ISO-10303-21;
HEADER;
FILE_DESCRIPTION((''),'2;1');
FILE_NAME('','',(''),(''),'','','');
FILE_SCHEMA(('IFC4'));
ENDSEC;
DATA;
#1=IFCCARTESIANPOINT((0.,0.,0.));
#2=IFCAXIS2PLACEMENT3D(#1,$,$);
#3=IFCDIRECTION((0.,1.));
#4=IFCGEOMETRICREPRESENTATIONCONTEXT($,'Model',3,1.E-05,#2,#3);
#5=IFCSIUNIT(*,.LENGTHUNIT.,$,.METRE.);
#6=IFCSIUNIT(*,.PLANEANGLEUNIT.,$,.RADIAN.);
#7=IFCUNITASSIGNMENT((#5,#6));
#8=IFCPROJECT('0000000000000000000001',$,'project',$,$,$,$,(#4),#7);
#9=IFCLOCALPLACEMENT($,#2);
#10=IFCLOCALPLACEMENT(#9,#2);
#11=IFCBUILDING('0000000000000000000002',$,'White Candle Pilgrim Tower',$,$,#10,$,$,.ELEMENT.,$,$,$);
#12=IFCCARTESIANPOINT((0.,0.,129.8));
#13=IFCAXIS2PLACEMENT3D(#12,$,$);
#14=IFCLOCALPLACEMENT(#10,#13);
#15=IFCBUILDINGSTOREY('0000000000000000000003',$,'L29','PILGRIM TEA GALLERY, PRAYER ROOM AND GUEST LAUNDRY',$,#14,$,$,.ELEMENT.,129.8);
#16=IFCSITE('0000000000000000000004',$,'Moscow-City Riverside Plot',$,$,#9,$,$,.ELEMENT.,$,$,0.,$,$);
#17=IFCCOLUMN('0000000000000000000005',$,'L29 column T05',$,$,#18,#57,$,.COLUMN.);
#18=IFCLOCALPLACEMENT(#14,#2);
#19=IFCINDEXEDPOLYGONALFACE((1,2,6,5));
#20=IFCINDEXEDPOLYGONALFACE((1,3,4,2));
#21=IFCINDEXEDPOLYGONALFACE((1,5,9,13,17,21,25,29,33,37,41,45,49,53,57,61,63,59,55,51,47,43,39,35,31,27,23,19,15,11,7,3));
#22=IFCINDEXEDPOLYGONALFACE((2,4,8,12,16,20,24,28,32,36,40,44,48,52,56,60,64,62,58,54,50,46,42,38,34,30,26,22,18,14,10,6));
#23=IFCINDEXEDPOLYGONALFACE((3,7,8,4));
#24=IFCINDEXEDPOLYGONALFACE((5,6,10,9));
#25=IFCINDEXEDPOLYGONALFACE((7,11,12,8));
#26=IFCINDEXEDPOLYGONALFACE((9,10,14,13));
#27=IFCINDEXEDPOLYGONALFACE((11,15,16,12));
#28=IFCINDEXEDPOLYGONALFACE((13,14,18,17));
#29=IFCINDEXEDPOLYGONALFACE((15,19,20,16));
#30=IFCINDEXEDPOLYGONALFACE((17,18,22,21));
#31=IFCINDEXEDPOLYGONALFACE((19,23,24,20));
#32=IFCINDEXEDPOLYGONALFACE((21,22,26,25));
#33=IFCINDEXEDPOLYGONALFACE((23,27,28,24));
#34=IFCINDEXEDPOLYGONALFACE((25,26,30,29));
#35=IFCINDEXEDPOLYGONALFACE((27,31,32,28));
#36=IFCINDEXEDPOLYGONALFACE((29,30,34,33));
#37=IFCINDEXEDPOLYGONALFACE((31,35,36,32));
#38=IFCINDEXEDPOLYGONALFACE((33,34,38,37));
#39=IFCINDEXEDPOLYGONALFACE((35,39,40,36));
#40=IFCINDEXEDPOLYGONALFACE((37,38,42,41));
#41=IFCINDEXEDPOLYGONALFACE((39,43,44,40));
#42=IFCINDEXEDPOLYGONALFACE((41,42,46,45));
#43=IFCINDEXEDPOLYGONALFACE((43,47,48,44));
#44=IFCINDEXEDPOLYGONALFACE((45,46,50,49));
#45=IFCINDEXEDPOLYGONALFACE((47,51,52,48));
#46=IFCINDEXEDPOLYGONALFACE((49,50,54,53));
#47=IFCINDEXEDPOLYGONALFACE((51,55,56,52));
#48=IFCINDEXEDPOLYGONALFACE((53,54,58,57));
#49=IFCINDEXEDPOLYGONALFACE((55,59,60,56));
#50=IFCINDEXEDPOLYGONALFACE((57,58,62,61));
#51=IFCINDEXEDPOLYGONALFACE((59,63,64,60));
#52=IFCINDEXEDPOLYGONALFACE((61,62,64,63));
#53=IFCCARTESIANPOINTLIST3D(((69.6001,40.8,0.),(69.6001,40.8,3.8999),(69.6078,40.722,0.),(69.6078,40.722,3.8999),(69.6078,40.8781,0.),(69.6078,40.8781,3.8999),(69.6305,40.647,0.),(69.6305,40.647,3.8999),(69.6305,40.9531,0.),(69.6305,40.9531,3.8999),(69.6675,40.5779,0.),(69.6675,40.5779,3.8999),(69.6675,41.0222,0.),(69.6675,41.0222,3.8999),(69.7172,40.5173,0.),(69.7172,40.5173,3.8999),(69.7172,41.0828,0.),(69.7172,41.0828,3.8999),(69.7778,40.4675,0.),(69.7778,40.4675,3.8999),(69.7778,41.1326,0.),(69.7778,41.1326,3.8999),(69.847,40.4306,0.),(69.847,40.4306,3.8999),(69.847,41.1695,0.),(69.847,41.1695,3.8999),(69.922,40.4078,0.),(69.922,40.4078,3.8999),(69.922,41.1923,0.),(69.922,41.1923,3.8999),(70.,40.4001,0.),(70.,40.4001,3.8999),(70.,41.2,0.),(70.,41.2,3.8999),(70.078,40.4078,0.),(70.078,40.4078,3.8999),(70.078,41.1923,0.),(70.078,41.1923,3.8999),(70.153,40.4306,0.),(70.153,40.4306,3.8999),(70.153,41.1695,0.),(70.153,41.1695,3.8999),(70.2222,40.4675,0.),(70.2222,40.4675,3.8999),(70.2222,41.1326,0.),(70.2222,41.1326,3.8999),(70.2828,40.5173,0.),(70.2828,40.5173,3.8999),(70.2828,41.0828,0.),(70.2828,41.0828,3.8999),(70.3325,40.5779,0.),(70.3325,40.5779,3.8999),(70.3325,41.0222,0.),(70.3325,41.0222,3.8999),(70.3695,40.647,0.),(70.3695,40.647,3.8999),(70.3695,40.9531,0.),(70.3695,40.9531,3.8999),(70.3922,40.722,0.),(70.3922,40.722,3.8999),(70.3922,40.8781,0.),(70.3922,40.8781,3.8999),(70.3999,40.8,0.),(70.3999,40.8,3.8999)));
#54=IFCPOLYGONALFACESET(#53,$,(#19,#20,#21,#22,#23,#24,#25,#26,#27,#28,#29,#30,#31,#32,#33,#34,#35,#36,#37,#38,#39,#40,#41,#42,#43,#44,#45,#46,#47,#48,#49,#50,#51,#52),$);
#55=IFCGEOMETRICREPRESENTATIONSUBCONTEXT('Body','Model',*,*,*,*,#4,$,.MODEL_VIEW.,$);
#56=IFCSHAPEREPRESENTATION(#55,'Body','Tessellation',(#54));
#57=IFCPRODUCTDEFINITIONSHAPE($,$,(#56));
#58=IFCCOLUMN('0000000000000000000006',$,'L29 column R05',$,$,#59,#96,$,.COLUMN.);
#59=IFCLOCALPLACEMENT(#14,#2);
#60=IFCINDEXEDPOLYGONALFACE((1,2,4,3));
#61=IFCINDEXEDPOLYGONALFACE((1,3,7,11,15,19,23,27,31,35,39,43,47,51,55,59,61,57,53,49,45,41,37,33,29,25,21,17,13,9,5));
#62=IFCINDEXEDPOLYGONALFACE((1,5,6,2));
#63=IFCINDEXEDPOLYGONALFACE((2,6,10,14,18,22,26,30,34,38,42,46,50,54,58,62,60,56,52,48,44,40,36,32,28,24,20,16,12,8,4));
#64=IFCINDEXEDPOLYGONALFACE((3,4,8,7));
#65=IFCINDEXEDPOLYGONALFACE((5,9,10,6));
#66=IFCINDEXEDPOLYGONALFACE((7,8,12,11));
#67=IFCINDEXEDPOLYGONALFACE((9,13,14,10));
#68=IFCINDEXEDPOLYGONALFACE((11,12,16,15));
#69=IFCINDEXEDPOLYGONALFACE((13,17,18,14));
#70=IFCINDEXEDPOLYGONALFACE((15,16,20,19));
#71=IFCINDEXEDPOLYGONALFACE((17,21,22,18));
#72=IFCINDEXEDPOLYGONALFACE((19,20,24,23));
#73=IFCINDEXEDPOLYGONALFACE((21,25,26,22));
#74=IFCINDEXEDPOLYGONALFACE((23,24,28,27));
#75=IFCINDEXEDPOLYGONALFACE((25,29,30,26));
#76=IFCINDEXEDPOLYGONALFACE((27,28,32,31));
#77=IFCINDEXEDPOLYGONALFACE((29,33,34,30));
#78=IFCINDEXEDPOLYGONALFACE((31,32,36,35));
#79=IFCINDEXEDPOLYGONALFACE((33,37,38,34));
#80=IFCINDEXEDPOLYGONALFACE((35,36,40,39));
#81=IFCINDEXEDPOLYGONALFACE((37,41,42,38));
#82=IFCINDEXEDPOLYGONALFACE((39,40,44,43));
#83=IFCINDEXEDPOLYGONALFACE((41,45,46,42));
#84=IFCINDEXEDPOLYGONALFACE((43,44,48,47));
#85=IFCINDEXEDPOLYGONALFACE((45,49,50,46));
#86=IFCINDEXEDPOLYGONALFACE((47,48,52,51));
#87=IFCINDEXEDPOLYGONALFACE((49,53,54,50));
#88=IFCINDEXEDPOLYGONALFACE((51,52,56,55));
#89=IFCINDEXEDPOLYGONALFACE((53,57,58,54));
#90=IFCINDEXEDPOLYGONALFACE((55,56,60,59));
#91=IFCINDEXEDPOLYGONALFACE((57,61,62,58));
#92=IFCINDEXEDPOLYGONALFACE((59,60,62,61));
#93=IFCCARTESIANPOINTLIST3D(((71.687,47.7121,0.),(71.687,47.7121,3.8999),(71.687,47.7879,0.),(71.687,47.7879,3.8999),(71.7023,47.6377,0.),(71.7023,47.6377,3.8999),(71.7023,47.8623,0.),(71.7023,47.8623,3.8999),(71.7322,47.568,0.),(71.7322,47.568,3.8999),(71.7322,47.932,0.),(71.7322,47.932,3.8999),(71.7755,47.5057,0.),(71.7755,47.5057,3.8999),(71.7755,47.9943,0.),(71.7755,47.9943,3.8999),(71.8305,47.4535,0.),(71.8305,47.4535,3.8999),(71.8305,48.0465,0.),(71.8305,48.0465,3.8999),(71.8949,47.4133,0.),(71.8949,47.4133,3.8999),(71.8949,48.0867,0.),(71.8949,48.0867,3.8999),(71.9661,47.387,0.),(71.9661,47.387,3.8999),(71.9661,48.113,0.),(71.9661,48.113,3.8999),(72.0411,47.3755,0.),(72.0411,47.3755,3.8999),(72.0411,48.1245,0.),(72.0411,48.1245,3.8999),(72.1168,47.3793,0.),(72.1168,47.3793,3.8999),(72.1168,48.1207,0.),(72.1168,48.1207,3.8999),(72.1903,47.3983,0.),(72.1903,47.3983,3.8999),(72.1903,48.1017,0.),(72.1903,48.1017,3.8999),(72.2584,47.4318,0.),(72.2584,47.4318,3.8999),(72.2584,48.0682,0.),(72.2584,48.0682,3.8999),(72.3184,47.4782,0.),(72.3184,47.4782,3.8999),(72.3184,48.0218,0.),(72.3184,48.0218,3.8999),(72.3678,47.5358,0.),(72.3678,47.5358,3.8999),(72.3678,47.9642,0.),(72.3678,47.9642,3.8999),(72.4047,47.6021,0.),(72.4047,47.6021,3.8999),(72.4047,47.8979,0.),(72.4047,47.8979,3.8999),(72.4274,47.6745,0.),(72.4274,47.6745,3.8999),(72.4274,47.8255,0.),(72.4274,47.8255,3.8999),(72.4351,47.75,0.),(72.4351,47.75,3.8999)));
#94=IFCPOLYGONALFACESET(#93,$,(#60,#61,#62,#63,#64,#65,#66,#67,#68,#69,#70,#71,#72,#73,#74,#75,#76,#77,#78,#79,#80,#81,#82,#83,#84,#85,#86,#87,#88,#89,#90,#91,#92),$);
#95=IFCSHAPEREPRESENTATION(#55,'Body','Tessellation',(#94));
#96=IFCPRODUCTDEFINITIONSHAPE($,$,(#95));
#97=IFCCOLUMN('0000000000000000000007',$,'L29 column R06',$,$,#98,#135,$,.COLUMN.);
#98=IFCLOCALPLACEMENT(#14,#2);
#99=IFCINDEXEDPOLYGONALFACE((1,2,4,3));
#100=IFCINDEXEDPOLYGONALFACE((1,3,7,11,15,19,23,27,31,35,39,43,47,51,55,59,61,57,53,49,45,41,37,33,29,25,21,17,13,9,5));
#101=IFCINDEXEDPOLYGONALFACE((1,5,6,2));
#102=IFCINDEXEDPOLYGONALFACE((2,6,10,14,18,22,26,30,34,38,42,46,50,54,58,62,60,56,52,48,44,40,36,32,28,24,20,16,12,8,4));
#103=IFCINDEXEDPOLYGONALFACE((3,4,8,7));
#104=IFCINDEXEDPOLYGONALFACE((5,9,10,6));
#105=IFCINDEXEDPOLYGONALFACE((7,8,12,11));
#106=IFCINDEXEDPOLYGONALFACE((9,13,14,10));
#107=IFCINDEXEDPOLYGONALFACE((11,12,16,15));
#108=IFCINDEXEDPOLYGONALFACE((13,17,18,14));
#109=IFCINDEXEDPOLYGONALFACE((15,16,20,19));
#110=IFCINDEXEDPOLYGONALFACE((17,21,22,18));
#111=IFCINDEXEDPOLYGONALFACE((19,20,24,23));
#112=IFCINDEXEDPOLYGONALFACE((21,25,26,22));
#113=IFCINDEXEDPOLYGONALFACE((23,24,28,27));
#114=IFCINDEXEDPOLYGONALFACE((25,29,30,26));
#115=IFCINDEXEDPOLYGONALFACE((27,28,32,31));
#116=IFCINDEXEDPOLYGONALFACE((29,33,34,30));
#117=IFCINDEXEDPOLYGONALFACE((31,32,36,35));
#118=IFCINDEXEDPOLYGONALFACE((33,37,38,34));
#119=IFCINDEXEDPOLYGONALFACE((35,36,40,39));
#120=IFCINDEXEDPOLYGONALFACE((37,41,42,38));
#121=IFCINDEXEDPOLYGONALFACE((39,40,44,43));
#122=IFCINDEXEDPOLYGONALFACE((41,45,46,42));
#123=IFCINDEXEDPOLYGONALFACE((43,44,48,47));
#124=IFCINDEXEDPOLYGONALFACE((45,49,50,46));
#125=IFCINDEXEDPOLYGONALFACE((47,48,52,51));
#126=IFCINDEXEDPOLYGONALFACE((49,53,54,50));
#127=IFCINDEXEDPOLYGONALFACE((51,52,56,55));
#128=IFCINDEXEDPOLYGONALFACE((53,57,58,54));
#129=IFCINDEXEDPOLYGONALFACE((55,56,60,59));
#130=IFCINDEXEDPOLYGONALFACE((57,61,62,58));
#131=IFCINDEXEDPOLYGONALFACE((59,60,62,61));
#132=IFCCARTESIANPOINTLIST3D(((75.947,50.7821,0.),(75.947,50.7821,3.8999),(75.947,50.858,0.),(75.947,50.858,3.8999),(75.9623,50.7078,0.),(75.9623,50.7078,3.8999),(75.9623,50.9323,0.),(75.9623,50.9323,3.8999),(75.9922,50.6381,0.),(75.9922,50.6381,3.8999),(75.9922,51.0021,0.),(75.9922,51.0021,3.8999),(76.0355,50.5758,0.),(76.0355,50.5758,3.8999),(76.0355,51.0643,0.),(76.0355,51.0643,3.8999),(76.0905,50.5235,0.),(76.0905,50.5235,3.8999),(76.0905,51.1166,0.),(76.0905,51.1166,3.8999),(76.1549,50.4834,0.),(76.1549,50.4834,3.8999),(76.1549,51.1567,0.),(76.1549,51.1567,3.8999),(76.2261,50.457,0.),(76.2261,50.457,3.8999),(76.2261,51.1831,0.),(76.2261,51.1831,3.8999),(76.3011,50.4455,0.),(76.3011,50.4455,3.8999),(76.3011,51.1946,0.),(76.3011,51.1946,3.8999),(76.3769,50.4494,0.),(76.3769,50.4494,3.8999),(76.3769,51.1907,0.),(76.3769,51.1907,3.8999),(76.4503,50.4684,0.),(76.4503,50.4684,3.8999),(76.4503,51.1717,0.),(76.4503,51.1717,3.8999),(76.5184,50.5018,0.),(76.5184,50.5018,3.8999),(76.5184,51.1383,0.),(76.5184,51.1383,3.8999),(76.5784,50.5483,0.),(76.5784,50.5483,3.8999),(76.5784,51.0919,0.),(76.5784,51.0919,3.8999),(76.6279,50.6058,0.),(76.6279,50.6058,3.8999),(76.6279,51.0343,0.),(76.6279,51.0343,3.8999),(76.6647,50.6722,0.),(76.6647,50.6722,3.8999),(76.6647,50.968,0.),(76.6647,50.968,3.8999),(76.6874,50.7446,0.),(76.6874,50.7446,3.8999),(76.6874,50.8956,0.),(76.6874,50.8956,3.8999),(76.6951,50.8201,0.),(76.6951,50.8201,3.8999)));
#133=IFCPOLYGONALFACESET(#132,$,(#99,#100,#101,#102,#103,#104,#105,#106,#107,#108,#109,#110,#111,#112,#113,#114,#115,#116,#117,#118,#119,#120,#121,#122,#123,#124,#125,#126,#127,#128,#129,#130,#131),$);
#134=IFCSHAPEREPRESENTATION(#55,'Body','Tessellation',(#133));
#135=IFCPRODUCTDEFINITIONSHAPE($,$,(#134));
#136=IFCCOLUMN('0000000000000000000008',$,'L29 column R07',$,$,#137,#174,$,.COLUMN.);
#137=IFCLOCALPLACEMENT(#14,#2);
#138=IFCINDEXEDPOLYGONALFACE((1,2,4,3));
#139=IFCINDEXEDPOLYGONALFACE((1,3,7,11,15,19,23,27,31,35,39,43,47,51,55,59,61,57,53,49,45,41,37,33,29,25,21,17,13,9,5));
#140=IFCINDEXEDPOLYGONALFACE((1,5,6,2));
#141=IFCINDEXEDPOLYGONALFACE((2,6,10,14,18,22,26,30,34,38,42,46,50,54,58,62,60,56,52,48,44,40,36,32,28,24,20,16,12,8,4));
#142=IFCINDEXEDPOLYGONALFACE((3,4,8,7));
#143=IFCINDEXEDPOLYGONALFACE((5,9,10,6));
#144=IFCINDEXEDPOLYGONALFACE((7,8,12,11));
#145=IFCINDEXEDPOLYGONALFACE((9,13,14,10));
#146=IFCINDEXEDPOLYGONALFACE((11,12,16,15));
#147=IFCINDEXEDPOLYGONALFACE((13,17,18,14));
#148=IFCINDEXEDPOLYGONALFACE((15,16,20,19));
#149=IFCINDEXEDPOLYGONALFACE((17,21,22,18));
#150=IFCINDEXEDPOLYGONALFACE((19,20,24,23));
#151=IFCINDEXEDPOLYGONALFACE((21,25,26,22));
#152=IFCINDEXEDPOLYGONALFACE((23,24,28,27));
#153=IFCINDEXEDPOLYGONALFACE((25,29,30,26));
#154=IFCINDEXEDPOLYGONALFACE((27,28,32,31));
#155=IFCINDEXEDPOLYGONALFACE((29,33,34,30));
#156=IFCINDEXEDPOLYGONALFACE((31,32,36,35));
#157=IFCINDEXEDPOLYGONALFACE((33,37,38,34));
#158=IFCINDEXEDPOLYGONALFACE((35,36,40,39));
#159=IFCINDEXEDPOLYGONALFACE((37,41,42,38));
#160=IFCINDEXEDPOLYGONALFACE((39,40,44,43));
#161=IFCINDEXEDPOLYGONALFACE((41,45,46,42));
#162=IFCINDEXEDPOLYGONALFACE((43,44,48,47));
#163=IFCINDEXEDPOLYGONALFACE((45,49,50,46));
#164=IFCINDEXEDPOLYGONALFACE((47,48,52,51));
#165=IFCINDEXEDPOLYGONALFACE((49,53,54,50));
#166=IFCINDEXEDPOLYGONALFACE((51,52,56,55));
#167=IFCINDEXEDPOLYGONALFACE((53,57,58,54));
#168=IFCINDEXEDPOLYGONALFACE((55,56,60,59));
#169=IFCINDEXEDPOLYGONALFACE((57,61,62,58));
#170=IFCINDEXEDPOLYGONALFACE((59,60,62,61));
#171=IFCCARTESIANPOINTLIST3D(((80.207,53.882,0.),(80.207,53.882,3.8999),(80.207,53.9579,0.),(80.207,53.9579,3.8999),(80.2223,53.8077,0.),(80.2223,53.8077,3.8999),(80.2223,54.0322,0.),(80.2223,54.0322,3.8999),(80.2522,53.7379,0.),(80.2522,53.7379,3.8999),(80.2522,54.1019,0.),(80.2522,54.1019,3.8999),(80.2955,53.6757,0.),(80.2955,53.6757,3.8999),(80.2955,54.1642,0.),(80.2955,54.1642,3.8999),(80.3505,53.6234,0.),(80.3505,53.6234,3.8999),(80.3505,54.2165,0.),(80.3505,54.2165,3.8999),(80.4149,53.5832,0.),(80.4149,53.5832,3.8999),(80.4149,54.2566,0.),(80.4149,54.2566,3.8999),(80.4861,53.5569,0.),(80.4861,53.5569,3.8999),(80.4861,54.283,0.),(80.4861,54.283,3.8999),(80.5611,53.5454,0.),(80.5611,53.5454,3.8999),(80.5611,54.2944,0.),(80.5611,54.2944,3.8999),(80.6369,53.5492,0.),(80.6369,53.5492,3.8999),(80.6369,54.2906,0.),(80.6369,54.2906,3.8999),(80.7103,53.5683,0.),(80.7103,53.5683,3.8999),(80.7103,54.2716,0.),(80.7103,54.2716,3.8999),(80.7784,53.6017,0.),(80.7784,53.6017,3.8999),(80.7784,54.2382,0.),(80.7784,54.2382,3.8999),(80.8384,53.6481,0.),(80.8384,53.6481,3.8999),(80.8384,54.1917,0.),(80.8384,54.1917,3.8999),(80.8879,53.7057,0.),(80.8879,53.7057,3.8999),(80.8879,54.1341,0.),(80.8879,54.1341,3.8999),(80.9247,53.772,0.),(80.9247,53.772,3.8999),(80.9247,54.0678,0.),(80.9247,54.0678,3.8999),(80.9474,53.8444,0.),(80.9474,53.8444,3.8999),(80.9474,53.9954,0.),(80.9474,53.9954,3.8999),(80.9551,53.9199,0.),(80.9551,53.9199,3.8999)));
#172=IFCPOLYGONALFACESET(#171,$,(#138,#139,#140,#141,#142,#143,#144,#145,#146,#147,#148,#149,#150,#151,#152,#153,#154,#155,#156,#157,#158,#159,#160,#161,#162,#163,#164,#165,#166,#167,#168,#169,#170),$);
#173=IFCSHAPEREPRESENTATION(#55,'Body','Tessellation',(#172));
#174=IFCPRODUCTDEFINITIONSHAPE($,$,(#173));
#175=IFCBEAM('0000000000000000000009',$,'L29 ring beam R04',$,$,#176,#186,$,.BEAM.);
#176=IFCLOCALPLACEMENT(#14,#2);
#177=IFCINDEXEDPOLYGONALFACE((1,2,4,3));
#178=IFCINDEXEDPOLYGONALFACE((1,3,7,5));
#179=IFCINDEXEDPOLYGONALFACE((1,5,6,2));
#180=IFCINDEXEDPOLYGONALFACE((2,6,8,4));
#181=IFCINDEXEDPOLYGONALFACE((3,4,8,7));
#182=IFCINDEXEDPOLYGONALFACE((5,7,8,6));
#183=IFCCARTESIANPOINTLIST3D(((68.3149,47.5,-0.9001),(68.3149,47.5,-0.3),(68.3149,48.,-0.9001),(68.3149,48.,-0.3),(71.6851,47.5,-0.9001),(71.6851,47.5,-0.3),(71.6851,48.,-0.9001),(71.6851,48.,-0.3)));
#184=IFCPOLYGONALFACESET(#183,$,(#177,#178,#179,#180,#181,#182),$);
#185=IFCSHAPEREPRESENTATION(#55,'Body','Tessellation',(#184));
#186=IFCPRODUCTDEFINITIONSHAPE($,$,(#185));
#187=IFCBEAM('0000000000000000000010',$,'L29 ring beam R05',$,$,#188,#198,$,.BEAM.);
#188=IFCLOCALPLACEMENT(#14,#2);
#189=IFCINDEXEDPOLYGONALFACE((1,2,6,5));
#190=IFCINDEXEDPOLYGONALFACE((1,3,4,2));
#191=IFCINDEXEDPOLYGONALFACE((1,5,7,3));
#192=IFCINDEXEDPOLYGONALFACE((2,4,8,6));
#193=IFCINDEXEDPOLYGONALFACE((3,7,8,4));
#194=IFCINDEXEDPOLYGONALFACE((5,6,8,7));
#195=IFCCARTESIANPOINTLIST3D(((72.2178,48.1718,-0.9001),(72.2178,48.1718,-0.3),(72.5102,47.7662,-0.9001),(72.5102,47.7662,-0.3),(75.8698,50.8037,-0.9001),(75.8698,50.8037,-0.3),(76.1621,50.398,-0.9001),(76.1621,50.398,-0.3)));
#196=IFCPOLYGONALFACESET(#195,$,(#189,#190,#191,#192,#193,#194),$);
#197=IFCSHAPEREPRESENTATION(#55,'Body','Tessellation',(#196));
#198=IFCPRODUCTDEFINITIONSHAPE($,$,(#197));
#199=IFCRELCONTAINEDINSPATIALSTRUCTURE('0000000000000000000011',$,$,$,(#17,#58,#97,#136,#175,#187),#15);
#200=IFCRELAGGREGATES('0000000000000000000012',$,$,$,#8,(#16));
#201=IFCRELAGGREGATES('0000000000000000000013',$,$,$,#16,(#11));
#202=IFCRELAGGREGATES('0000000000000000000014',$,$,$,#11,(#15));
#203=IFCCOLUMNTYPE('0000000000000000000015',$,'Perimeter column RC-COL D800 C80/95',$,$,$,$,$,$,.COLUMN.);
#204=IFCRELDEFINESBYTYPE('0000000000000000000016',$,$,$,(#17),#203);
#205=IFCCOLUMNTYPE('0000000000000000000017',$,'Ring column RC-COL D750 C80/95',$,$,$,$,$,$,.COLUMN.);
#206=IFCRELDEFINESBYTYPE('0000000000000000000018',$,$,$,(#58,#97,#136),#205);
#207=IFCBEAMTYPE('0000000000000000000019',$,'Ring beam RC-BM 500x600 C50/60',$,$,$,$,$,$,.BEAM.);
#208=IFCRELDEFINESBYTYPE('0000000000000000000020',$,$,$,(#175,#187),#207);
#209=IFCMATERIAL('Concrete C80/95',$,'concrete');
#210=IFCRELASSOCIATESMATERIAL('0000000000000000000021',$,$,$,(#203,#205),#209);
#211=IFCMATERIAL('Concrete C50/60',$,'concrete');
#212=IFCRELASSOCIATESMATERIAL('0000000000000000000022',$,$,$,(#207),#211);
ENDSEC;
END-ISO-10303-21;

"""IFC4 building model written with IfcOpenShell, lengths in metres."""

from ifc_helpers import new_model, si_unit, direction, frame, origin, origin_2d, place, context, subcontext, project, spatial, rectangle, circle, extrude, material, material_profile, profile_set, type_object, element, save


model = new_model("IFC4")

# Units and contexts
model_context = context("Model", 3, precision=1e-05, world=origin(), true_north=direction((0.0, 1.0)))
body_context = subcontext(model_context, "Body", "Model", "MODEL_VIEW")
ifc_project = project(units=[si_unit("LENGTHUNIT", "METRE"), si_unit("PLANEANGLEUNIT", "RADIAN")], contexts=[model_context])

# Site, building, storey
site_placement = place(None, origin())
site = spatial("IfcSite", under=ifc_project, at=site_placement, Name="Moscow-City Riverside Plot", CompositionType="ELEMENT", RefElevation=0.0)
building_placement = place(site_placement, origin())
building = spatial("IfcBuilding", under=site, at=building_placement, Name="White Candle Pilgrim Tower", CompositionType="ELEMENT")
storey_placement = place(building_placement, frame((0.0, 0.0, 129.8)))
storey = spatial("IfcBuildingStorey", under=building, at=storey_placement, Name="L29", Description="PILGRIM TEA GALLERY, PRAYER ROOM AND GUEST LAUNDRY", CompositionType="ELEMENT", Elevation=129.8)

# Columns
ifc_material_1 = material(Name="Concrete C80/95", Category="concrete")
ifc_material_profile_1 = material_profile(ifc_material_1, circle(Radius=0.3999, at=origin_2d()), Name="RC-COL D800")
ifc_profile_set_1 = profile_set([ifc_material_profile_1], Name="Concrete C80/95")
column_type_1 = type_object("IfcColumnType", Name="Perimeter column RC-COL D800 C80/95", PredefinedType="COLUMN", material=ifc_profile_set_1)
column_placement = place(storey_placement, frame((70.0, 40.8, 0.0), z_axis=(0.0, 0.0, 1.0), x_axis=(1.0, 0.0, 0.0)))
element("IfcColumn", 1, at=column_placement, inside=storey, type_object=column_type_1, Name="L29 column T05", PredefinedType="COLUMN", context=body_context, shape_type="SweptSolid", body=[
    extrude(circle(Radius=0.3999, at=origin_2d()), origin(), (0.0, 0.0, 1.0), 3.8999),
])
ifc_material_profile_2 = material_profile(ifc_material_1, circle(Radius=0.375, at=origin_2d()), Name="RC-COL D750")
ifc_profile_set_2 = profile_set([ifc_material_profile_2], Name="Concrete C80/95")
column_type_2 = type_object("IfcColumnType", Name="Ring column RC-COL D750 C80/95", PredefinedType="COLUMN", material=ifc_profile_set_2)
for number, where, z_axis, x_axis, name in (
    (2, (72.0601, 47.75, 0.0), (0.0, 0.0, 1.0), (1.0, 0.0, 0.0), "L29 column R05"),
    (3, (76.3201, 50.8201, 0.0), (0.0, 0.0, 1.0), (1.0, 0.0, 0.0), "L29 column R06"),
    (4, (80.5801, 53.9199, 0.0), (0.0, 0.0, 1.0), (1.0, 0.0, 0.0), "L29 column R07"),
):
    element("IfcColumn", number, at=place(storey_placement, frame(where, z_axis=z_axis, x_axis=x_axis)), inside=storey, type_object=column_type_2, Name=name, PredefinedType="COLUMN", context=body_context, shape_type="SweptSolid", body=[
        extrude(circle(Radius=0.375, at=origin_2d()), origin(), (0.0, 0.0, 1.0), 3.8999),
    ])

# Beams
ifc_material_2 = material(Name="Concrete C50/60", Category="concrete")
ifc_material_profile_3 = material_profile(ifc_material_2, rectangle(XDim=0.5, YDim=0.6001, at=origin_2d()), Name="RC-BM 500x600")
ifc_profile_set_3 = profile_set([ifc_material_profile_3], Name="Concrete C50/60")
beam_type = type_object("IfcBeamType", Name="Ring beam RC-BM 500x600 C50/60", PredefinedType="BEAM", material=ifc_profile_set_3)
beam_1_placement = place(storey_placement, frame((68.3149, 47.75, -0.6001), z_axis=(1.0, 0.0, 0.0), x_axis=(0.0, 1.0, 0.0)))
element("IfcBeam", 5, at=beam_1_placement, inside=storey, type_object=beam_type, Name="L29 ring beam R04", PredefinedType="BEAM", context=body_context, shape_type="SweptSolid", body=[
    extrude(rectangle(XDim=0.5, YDim=0.6001, at=origin_2d()), origin(), (0.0, 0.0, 1.0), 3.3701),
])
beam_2_placement = place(storey_placement, frame((72.364, 47.969, -0.6001), z_axis=(0.811271, 0.58467, 0.0), x_axis=(-0.58467, 0.811271, 0.0)))
element("IfcBeam", 6, at=beam_2_placement, inside=storey, type_object=beam_type, Name="L29 ring beam R05", PredefinedType="BEAM", context=body_context, shape_type="SweptSolid", body=[
    extrude(rectangle(XDim=0.5, YDim=0.6001, at=origin_2d()), origin(), (0.0, 0.0, 1.0), 4.5015),
])

save(model, "model.ifc")
